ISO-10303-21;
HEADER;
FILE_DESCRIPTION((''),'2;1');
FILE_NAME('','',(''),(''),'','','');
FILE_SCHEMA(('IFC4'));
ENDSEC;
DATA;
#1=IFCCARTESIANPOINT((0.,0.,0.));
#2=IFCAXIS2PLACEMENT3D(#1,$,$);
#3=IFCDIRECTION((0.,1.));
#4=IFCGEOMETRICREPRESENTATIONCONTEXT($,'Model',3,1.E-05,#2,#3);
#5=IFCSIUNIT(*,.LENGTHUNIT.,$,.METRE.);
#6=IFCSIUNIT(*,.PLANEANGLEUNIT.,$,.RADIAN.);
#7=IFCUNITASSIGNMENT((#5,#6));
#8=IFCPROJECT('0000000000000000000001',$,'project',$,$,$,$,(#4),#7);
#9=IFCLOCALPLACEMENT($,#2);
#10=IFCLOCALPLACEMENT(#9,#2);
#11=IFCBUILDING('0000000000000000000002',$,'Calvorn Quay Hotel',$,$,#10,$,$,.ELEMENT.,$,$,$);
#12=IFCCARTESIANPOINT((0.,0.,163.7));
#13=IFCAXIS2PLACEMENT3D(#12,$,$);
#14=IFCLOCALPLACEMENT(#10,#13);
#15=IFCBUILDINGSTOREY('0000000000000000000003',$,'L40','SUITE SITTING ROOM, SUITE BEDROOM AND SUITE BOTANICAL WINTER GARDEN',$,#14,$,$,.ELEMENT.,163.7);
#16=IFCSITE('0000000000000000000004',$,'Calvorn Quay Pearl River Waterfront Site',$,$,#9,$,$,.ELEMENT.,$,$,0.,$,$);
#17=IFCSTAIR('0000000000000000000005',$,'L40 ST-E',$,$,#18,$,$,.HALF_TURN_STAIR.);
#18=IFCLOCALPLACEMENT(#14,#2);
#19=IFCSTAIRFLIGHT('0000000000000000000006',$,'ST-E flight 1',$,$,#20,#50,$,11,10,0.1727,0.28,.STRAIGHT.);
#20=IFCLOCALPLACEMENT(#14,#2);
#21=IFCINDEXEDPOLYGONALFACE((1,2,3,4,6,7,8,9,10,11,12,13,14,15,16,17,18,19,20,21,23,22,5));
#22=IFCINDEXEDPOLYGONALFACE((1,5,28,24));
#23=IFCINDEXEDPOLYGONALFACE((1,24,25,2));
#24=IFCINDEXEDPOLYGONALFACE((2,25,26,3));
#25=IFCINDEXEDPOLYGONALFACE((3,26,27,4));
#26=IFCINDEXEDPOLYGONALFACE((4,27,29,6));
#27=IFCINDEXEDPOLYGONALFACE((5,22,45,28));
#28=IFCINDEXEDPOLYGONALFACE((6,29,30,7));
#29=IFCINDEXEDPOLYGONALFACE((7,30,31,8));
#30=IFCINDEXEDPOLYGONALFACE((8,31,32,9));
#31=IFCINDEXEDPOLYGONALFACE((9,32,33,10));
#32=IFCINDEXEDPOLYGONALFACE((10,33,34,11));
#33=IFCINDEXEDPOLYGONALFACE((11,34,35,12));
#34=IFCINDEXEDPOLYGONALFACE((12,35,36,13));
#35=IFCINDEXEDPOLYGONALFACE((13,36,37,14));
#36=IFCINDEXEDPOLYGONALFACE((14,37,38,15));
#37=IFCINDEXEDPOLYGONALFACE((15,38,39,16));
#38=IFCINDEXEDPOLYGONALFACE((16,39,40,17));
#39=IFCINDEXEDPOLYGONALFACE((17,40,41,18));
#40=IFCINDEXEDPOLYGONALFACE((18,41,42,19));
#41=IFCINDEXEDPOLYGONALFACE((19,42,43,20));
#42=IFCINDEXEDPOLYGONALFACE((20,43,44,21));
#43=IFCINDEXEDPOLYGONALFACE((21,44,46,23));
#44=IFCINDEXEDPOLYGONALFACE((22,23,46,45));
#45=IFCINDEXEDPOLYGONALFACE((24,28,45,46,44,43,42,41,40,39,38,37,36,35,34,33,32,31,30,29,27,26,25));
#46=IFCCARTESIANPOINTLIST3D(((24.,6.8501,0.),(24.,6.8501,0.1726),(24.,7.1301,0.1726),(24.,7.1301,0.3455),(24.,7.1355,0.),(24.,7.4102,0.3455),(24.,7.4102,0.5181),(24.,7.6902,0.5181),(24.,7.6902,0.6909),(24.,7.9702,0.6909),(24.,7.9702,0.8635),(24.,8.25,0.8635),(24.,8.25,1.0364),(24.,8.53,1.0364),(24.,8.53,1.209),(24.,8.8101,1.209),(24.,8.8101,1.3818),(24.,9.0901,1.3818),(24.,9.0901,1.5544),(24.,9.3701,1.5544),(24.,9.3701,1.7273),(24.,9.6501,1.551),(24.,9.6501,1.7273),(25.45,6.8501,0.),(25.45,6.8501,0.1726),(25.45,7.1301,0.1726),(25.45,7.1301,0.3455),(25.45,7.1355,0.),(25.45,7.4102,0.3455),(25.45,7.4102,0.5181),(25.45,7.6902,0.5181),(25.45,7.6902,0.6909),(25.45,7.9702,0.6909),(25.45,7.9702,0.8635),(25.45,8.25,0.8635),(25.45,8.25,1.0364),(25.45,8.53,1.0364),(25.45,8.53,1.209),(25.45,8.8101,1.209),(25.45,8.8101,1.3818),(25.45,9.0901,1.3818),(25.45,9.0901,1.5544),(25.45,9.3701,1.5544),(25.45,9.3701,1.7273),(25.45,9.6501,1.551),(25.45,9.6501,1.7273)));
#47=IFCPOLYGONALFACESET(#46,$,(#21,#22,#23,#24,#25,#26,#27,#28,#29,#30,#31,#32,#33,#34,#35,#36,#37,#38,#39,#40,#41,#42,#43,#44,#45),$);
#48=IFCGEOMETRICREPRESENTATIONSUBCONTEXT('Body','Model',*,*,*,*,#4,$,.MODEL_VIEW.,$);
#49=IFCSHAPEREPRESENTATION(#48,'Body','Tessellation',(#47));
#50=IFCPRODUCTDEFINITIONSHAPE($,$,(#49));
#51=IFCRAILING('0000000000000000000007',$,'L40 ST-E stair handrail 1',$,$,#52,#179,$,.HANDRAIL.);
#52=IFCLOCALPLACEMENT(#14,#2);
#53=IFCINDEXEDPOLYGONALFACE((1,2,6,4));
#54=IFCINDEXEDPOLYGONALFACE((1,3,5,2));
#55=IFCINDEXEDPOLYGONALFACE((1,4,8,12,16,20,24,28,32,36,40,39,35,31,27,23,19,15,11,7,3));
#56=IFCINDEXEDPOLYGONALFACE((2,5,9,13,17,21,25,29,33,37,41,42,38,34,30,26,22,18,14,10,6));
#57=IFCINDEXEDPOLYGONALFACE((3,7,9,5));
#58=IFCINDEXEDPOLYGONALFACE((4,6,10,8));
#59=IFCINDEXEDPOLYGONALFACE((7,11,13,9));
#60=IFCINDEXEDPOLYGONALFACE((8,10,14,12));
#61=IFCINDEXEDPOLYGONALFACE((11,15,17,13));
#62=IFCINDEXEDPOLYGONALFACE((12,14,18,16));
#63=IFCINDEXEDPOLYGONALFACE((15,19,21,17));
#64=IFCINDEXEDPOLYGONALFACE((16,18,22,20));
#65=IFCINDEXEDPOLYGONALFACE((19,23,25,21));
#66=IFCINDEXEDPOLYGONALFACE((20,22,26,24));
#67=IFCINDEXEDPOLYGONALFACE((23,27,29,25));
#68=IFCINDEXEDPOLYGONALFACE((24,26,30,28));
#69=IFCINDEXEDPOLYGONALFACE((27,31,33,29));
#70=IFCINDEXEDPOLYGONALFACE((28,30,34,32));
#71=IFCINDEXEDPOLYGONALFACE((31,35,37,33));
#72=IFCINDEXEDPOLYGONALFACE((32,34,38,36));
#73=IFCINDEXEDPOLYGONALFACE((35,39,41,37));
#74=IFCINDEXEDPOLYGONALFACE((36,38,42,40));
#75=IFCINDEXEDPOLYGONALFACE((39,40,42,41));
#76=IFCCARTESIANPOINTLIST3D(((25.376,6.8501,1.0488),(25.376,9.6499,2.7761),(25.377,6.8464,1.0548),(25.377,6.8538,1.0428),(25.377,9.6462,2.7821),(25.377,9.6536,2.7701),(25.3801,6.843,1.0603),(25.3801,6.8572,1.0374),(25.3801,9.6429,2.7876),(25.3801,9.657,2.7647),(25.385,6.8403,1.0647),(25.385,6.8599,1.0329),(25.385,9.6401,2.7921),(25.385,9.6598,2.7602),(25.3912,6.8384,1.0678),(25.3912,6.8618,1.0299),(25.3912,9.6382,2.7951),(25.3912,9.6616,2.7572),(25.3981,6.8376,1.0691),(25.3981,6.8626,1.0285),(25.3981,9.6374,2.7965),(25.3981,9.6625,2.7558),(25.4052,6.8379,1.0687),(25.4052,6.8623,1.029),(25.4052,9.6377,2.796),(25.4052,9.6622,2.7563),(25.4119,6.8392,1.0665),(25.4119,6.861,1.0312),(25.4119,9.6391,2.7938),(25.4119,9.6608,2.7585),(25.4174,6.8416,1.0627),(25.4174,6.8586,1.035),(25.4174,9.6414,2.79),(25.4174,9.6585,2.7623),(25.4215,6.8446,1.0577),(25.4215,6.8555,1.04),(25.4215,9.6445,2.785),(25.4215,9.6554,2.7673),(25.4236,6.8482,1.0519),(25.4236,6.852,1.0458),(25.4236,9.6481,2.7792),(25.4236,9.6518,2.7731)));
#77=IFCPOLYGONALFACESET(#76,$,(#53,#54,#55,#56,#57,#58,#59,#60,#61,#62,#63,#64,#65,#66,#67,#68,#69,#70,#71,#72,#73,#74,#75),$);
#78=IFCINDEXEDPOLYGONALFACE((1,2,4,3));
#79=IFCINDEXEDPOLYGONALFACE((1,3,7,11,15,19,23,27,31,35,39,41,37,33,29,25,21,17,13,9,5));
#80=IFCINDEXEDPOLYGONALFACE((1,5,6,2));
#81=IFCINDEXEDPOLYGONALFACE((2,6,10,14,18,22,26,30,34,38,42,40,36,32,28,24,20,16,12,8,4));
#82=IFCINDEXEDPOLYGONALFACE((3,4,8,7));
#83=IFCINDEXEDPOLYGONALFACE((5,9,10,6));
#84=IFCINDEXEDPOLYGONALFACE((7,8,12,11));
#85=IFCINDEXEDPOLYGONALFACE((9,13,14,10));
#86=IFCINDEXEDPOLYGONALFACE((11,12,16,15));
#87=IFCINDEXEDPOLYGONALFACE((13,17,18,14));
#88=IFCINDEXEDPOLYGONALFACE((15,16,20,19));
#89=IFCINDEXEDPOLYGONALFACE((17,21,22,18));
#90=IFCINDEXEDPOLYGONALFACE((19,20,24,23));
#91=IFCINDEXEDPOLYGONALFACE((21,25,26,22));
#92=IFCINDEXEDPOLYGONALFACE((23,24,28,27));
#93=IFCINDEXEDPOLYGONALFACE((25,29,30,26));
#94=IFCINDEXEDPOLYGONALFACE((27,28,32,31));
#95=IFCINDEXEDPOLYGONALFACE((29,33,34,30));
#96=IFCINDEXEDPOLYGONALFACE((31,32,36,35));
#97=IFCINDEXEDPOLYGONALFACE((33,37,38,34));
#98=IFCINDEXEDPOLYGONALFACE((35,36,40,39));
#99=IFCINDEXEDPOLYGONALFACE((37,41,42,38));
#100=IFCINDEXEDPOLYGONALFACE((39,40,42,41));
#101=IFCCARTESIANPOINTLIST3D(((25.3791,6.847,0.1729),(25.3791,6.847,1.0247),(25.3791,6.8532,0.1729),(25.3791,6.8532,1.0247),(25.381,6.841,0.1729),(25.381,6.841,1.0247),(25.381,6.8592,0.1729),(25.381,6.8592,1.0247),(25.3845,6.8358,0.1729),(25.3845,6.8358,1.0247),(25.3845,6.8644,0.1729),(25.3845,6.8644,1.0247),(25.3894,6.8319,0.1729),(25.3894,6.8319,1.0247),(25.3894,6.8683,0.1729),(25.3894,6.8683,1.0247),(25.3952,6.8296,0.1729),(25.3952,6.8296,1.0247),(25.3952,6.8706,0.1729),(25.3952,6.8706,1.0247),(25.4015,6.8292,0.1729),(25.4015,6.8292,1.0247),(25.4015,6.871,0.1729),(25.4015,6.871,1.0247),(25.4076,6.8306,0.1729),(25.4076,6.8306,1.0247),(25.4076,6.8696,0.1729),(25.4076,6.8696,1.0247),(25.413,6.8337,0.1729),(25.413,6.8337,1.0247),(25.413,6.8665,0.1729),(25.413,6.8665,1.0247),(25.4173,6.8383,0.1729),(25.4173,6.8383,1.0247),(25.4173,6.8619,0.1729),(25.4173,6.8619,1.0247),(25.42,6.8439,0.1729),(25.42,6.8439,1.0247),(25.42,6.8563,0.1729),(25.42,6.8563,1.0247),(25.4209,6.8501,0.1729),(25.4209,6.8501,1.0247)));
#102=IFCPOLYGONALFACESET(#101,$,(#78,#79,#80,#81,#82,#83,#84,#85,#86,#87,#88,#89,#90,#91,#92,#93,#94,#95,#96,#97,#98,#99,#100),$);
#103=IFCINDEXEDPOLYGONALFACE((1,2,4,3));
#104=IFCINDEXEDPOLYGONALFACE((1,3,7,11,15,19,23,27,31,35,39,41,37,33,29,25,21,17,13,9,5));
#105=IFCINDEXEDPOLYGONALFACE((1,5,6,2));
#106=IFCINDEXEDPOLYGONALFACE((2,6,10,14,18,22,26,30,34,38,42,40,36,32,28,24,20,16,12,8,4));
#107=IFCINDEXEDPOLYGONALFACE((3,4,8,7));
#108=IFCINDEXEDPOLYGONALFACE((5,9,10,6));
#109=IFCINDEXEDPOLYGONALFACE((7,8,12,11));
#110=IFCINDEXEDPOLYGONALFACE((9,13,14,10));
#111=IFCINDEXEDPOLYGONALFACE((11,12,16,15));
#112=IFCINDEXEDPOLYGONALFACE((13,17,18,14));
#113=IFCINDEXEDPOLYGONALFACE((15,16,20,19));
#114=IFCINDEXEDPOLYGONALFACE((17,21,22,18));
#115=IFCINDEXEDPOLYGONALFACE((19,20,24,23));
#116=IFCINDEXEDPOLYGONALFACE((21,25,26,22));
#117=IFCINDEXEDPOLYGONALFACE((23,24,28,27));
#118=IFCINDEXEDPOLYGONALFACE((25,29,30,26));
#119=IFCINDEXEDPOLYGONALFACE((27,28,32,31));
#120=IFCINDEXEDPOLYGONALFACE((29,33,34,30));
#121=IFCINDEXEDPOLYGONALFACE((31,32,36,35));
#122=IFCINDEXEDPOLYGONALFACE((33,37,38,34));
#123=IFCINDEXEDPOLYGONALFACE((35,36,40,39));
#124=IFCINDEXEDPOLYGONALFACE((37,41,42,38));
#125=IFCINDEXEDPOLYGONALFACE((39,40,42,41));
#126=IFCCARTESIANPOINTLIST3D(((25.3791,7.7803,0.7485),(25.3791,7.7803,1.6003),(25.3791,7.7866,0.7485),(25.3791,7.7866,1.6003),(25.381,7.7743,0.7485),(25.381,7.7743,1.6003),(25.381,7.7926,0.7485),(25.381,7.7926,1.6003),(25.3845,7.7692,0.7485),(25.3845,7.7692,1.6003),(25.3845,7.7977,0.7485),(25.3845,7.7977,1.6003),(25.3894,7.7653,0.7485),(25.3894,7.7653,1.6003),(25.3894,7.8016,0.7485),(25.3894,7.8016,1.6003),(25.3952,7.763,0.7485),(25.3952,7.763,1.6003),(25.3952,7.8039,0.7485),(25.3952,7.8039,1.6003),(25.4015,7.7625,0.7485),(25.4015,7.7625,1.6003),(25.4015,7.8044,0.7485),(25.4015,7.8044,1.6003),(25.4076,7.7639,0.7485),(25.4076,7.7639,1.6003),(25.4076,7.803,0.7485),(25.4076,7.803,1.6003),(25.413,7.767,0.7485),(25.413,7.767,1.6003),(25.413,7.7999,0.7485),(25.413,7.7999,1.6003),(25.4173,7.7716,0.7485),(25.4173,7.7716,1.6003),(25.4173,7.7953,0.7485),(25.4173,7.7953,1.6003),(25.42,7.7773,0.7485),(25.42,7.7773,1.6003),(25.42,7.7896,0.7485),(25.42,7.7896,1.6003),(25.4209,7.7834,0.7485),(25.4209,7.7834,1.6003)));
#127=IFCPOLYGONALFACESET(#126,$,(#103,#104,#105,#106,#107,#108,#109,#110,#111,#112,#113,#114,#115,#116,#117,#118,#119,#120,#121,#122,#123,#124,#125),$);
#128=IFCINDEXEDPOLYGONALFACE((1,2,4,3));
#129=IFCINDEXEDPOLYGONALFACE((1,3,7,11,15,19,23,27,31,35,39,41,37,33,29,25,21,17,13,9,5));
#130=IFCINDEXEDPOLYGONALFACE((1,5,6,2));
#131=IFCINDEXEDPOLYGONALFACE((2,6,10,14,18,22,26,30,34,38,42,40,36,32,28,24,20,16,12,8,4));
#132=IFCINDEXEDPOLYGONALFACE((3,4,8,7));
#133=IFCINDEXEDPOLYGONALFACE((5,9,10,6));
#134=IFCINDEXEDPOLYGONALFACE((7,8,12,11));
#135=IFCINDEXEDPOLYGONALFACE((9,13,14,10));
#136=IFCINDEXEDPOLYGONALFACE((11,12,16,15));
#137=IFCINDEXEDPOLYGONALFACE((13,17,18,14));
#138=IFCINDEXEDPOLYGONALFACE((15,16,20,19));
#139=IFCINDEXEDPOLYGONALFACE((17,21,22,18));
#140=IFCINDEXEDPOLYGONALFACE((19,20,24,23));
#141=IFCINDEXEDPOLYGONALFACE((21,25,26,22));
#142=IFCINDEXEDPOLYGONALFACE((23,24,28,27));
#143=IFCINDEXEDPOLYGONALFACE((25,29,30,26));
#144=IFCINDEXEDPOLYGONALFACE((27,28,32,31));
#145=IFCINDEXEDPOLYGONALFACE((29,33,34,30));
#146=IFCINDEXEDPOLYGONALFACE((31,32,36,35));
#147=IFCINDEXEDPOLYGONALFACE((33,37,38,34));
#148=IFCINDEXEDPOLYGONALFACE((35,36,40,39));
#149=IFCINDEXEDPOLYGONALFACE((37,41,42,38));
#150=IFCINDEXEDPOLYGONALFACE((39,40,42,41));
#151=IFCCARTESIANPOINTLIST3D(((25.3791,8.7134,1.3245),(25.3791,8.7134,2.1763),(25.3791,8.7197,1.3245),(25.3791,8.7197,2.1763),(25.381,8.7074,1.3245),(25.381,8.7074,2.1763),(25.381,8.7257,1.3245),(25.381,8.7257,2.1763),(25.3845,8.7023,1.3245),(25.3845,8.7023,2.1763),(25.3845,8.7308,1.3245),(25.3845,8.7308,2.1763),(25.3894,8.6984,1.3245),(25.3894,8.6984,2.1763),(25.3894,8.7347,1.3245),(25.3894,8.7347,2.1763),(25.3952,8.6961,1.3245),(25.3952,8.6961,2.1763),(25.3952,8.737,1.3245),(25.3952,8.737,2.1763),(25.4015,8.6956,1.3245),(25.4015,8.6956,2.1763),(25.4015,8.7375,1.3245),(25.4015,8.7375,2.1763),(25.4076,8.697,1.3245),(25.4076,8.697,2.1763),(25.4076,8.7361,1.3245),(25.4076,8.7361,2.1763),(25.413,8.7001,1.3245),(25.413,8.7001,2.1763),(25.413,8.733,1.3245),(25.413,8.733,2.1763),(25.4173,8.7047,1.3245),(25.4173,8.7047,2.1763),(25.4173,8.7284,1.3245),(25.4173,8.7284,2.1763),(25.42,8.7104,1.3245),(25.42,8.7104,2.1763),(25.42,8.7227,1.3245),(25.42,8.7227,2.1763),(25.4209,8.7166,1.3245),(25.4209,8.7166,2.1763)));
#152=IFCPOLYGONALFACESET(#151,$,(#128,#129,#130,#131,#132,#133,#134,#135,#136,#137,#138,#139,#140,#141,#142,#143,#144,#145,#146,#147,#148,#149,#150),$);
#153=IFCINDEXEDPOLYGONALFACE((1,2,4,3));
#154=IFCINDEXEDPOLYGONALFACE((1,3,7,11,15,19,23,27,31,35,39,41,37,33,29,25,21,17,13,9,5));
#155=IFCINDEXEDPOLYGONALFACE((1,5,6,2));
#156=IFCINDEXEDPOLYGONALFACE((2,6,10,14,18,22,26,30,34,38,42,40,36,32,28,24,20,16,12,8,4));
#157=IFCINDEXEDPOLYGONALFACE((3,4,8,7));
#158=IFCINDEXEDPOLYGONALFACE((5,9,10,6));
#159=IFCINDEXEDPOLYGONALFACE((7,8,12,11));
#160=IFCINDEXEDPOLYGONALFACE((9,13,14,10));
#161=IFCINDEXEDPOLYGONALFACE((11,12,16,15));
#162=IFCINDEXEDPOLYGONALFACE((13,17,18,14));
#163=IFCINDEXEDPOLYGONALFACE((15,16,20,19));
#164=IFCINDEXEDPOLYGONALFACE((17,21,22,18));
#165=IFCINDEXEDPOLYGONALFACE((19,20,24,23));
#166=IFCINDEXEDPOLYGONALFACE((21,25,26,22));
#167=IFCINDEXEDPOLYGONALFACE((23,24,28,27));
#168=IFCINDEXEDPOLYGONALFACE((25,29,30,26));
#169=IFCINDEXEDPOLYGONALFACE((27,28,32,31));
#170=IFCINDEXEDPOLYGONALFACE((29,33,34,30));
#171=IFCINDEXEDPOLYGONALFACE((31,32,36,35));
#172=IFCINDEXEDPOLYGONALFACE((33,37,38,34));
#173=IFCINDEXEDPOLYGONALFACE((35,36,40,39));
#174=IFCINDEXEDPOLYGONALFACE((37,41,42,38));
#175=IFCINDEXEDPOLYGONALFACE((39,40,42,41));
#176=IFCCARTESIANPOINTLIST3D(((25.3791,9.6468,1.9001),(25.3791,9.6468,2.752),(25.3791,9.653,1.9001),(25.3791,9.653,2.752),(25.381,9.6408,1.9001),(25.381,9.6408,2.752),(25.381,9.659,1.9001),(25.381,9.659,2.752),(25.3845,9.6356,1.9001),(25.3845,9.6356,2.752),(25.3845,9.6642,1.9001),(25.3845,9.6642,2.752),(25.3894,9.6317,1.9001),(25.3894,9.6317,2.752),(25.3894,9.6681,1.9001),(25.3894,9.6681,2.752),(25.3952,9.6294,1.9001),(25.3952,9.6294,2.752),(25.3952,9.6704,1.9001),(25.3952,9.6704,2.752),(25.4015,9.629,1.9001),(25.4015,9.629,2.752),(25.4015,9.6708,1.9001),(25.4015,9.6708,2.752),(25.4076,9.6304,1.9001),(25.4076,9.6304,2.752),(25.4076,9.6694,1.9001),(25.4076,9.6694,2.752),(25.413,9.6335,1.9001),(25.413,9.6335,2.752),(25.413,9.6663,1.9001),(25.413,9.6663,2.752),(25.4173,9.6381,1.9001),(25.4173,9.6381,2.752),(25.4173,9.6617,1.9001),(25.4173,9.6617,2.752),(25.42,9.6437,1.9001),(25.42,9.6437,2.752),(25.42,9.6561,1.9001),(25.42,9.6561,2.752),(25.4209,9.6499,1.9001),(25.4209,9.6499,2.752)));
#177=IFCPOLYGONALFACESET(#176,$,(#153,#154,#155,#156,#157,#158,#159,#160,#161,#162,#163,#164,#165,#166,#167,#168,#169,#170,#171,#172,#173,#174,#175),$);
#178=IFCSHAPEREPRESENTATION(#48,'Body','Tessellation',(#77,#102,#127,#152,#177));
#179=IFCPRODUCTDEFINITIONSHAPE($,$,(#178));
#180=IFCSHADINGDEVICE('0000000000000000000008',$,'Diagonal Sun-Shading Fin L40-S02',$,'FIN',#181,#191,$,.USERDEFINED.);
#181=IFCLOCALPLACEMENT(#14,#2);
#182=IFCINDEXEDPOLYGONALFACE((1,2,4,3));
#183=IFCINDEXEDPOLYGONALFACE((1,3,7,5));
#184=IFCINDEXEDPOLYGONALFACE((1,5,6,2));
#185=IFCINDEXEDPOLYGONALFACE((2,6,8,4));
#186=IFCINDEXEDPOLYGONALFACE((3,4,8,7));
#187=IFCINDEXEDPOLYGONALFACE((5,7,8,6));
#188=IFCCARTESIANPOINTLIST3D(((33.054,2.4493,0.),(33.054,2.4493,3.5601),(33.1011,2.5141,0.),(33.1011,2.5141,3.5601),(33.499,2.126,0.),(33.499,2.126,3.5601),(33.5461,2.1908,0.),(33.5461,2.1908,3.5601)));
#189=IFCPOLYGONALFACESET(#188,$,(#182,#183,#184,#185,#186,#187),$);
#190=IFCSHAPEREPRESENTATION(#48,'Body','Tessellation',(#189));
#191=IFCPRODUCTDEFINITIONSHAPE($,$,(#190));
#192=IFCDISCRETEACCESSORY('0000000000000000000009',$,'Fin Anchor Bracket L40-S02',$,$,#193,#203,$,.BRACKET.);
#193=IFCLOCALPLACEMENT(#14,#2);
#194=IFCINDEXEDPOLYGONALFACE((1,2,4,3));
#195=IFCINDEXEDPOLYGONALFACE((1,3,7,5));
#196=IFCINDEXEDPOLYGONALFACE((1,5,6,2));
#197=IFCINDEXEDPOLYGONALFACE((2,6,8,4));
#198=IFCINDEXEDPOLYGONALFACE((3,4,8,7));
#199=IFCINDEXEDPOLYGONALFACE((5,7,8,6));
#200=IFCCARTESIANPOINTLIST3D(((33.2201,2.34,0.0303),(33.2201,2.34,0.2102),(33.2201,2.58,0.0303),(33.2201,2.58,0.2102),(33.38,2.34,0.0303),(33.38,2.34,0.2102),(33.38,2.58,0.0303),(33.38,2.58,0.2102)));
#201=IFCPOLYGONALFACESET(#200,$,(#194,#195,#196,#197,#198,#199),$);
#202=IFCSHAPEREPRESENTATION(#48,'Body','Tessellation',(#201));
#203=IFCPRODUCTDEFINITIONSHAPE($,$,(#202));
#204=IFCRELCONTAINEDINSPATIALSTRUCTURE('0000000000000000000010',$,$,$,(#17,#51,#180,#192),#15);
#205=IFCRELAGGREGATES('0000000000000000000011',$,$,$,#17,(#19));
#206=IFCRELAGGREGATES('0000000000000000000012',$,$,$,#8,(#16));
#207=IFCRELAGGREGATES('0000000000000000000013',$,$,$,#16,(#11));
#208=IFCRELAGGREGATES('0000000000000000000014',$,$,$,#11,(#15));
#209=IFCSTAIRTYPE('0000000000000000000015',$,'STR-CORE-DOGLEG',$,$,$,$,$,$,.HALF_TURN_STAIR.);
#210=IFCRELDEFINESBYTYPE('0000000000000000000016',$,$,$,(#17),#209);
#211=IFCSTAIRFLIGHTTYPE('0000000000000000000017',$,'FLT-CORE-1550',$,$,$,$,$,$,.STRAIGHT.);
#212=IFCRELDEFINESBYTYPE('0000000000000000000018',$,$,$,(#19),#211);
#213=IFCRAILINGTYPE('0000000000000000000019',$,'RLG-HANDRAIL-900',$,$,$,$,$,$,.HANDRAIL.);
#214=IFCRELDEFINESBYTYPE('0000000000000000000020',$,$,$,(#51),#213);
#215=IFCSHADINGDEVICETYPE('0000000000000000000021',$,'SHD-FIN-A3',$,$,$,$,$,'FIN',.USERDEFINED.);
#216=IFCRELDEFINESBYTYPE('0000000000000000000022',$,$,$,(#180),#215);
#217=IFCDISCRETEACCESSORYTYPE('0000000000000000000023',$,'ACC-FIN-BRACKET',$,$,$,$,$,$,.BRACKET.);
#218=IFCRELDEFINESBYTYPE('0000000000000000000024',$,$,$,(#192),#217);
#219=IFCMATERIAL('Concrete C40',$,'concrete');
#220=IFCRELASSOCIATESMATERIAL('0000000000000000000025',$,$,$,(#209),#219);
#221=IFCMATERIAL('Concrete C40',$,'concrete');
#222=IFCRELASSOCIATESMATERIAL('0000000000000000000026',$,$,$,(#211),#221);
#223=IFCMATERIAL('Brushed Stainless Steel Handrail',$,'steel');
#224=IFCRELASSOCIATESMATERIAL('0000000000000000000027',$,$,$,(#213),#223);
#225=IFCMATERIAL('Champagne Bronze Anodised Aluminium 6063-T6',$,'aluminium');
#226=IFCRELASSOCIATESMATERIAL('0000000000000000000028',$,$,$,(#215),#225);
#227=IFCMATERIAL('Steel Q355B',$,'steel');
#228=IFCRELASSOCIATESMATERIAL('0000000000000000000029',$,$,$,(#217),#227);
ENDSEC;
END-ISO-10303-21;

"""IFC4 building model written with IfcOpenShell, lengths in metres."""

from ifc_helpers import new_model, si_unit, direction, frame, origin, origin_2d, place, context, subcontext, project, spatial, polyline, rectangle, circle, outline, extrude, material, type_object, element, aggregate, save


model = new_model("IFC4")

# Units and contexts
model_context = context("Model", 3, precision=1e-05, world=origin(), true_north=direction((0.0, 1.0)))
body_context = subcontext(model_context, "Body", "Model", "MODEL_VIEW")
ifc_project = project(units=[si_unit("LENGTHUNIT", "METRE"), si_unit("PLANEANGLEUNIT", "RADIAN")], contexts=[model_context])

# Site, building, storey
site_placement = place(None, origin())
site = spatial("IfcSite", under=ifc_project, at=site_placement, Name="Calvorn Quay Pearl River Waterfront Site", CompositionType="ELEMENT", RefElevation=0.0)
building_placement = place(site_placement, origin())
building = spatial("IfcBuilding", under=site, at=building_placement, Name="Calvorn Quay Hotel", CompositionType="ELEMENT")
storey_placement = place(building_placement, frame((0.0, 0.0, 163.7)))
storey = spatial("IfcBuildingStorey", under=building, at=storey_placement, Name="L40", Description="SUITE SITTING ROOM, SUITE BEDROOM AND SUITE BOTANICAL WINTER GARDEN", CompositionType="ELEMENT", Elevation=163.7)

# Stair, stair flight
ifc_material_1 = material(Name="Concrete C40", Category="concrete")
stair_type = type_object("IfcStairType", Name="STR-CORE-DOGLEG", PredefinedType="HALF_TURN_STAIR", material=ifc_material_1)
stair_placement = place(storey_placement, origin())
stair = element("IfcStair", 1, at=stair_placement, inside=storey, type_object=stair_type, Name="L40 ST-E", PredefinedType="HALF_TURN_STAIR")
ifc_material_2 = material(Name="Concrete C40", Category="concrete")
stair_flight_type = type_object("IfcStairFlightType", Name="FLT-CORE-1550", PredefinedType="STRAIGHT", material=ifc_material_2)
stair_flight_placement = place(storey_placement, frame((24.7251, 6.8501, 0.0), z_axis=(0.0, 0.0, 1.0), x_axis=(0.0, 1.0, 0.0)))
stair_flight = element("IfcStairFlight", 2, at=stair_flight_placement, type_object=stair_flight_type, Name="ST-E flight 1", NumberOfRisers=11, NumberOfTreads=10, PredefinedType="STRAIGHT", RiserHeight=0.1727, TreadLength=0.28, context=body_context, shape_type="SweptSolid", body=[
    extrude(outline(polyline([(0.0, 0.0), (0.0, 0.1726), (0.28, 0.1726), (0.28, 0.3455), (0.5601, 0.3455), (0.5601, 0.5181), (0.8401, 0.5181), (0.8401, 0.6909), (1.1201, 0.6909), (1.1201, 0.8635), (1.3999, 0.8635), (1.3999, 1.0364), (1.6799, 1.0364), (1.6799, 1.209), (1.96, 1.209), (1.96, 1.3818), (2.24, 1.3818), (2.24, 1.5544), (2.52, 1.5544), (2.52, 1.7273), (2.8, 1.7273), (2.8, 1.8999), (2.8, 1.551), (0.2854, 0.0), (0.0, 0.0)])), frame((0.0, 0.7251, 0.0), z_axis=(0.0, -1.0, 0.0), x_axis=(1.0, 0.0, 0.0)), (0.0, 0.0, 1.0), 1.45),
])
aggregate(stair, [stair_flight])

# Railing
ifc_material_3 = material(Name="Brushed Stainless Steel Handrail", Category="steel")
railing_type = type_object("IfcRailingType", Name="RLG-HANDRAIL-900", PredefinedType="HANDRAIL", material=ifc_material_3)
railing_placement = place(storey_placement, frame((25.3999, 6.8501, 0.1729)))
element("IfcRailing", 3, at=railing_placement, inside=storey, type_object=railing_type, Name="L40 ST-E stair handrail 1", PredefinedType="HANDRAIL", context=body_context, shape_type="SweptSolid", body=[
    extrude(circle(Radius=0.0239, at=origin_2d()), frame((0.0, 0.0, 0.876), z_axis=(0.0, 0.851069, 0.525054), x_axis=(-1.0, 0.0, 0.0)), (0.0, 0.0, 1.0), 3.2898),
    extrude(circle(Radius=0.021, at=origin_2d()), origin(), (0.0, 0.0, 1.0), 0.8518),
    extrude(circle(Radius=0.021, at=origin_2d()), frame((0.0, 0.9333, 0.5757)), (0.0, 0.0, 1.0), 0.8518),
    extrude(circle(Radius=0.021, at=origin_2d()), frame((0.0, 1.8665, 1.1516)), (0.0, 0.0, 1.0), 0.8518),
    extrude(circle(Radius=0.021, at=origin_2d()), frame((0.0, 2.7998, 1.7273)), (0.0, 0.0, 1.0), 0.8518),
])

# Shading device
ifc_material_4 = material(Name="Champagne Bronze Anodised Aluminium 6063-T6", Category="aluminium")
shading_device_type = type_object("IfcShadingDeviceType", Name="SHD-FIN-A3", ElementType="FIN", PredefinedType="USERDEFINED", material=ifc_material_4)
shading_device_placement = place(storey_placement, frame((33.3, 2.3201, 0.0), z_axis=(0.0, 0.0, 1.0), x_axis=(-0.809017, 0.587785, 0.0)))
element("IfcShadingDevice", 4, at=shading_device_placement, inside=storey, type_object=shading_device_type, Name="Diagonal Sun-Shading Fin L40-S02", ObjectType="FIN", PredefinedType="USERDEFINED", context=body_context, shape_type="SweptSolid", body=[
    extrude(rectangle(XDim=0.55, YDim=0.0801, at=origin_2d()), origin(), (0.0, 0.0, 1.0), 3.5601),
])

# Discrete accessory
ifc_material_5 = material(Name="Steel Q355B", Category="steel")
discrete_accessory_type = type_object("IfcDiscreteAccessoryType", Name="ACC-FIN-BRACKET", PredefinedType="BRACKET", material=ifc_material_5)
discrete_accessory_placement = place(storey_placement, frame((33.3, 2.46, 0.0303), z_axis=(0.0, 0.0, 1.0), x_axis=(0.0, 1.0, 0.0)))
element("IfcDiscreteAccessory", 5, at=discrete_accessory_placement, inside=storey, type_object=discrete_accessory_type, Name="Fin Anchor Bracket L40-S02", PredefinedType="BRACKET", context=body_context, shape_type="SweptSolid", body=[
    extrude(rectangle(XDim=0.24, YDim=0.1599, at=origin_2d()), origin(), (0.0, 0.0, 1.0), 0.1799),
])

save(model, "model.ifc")
